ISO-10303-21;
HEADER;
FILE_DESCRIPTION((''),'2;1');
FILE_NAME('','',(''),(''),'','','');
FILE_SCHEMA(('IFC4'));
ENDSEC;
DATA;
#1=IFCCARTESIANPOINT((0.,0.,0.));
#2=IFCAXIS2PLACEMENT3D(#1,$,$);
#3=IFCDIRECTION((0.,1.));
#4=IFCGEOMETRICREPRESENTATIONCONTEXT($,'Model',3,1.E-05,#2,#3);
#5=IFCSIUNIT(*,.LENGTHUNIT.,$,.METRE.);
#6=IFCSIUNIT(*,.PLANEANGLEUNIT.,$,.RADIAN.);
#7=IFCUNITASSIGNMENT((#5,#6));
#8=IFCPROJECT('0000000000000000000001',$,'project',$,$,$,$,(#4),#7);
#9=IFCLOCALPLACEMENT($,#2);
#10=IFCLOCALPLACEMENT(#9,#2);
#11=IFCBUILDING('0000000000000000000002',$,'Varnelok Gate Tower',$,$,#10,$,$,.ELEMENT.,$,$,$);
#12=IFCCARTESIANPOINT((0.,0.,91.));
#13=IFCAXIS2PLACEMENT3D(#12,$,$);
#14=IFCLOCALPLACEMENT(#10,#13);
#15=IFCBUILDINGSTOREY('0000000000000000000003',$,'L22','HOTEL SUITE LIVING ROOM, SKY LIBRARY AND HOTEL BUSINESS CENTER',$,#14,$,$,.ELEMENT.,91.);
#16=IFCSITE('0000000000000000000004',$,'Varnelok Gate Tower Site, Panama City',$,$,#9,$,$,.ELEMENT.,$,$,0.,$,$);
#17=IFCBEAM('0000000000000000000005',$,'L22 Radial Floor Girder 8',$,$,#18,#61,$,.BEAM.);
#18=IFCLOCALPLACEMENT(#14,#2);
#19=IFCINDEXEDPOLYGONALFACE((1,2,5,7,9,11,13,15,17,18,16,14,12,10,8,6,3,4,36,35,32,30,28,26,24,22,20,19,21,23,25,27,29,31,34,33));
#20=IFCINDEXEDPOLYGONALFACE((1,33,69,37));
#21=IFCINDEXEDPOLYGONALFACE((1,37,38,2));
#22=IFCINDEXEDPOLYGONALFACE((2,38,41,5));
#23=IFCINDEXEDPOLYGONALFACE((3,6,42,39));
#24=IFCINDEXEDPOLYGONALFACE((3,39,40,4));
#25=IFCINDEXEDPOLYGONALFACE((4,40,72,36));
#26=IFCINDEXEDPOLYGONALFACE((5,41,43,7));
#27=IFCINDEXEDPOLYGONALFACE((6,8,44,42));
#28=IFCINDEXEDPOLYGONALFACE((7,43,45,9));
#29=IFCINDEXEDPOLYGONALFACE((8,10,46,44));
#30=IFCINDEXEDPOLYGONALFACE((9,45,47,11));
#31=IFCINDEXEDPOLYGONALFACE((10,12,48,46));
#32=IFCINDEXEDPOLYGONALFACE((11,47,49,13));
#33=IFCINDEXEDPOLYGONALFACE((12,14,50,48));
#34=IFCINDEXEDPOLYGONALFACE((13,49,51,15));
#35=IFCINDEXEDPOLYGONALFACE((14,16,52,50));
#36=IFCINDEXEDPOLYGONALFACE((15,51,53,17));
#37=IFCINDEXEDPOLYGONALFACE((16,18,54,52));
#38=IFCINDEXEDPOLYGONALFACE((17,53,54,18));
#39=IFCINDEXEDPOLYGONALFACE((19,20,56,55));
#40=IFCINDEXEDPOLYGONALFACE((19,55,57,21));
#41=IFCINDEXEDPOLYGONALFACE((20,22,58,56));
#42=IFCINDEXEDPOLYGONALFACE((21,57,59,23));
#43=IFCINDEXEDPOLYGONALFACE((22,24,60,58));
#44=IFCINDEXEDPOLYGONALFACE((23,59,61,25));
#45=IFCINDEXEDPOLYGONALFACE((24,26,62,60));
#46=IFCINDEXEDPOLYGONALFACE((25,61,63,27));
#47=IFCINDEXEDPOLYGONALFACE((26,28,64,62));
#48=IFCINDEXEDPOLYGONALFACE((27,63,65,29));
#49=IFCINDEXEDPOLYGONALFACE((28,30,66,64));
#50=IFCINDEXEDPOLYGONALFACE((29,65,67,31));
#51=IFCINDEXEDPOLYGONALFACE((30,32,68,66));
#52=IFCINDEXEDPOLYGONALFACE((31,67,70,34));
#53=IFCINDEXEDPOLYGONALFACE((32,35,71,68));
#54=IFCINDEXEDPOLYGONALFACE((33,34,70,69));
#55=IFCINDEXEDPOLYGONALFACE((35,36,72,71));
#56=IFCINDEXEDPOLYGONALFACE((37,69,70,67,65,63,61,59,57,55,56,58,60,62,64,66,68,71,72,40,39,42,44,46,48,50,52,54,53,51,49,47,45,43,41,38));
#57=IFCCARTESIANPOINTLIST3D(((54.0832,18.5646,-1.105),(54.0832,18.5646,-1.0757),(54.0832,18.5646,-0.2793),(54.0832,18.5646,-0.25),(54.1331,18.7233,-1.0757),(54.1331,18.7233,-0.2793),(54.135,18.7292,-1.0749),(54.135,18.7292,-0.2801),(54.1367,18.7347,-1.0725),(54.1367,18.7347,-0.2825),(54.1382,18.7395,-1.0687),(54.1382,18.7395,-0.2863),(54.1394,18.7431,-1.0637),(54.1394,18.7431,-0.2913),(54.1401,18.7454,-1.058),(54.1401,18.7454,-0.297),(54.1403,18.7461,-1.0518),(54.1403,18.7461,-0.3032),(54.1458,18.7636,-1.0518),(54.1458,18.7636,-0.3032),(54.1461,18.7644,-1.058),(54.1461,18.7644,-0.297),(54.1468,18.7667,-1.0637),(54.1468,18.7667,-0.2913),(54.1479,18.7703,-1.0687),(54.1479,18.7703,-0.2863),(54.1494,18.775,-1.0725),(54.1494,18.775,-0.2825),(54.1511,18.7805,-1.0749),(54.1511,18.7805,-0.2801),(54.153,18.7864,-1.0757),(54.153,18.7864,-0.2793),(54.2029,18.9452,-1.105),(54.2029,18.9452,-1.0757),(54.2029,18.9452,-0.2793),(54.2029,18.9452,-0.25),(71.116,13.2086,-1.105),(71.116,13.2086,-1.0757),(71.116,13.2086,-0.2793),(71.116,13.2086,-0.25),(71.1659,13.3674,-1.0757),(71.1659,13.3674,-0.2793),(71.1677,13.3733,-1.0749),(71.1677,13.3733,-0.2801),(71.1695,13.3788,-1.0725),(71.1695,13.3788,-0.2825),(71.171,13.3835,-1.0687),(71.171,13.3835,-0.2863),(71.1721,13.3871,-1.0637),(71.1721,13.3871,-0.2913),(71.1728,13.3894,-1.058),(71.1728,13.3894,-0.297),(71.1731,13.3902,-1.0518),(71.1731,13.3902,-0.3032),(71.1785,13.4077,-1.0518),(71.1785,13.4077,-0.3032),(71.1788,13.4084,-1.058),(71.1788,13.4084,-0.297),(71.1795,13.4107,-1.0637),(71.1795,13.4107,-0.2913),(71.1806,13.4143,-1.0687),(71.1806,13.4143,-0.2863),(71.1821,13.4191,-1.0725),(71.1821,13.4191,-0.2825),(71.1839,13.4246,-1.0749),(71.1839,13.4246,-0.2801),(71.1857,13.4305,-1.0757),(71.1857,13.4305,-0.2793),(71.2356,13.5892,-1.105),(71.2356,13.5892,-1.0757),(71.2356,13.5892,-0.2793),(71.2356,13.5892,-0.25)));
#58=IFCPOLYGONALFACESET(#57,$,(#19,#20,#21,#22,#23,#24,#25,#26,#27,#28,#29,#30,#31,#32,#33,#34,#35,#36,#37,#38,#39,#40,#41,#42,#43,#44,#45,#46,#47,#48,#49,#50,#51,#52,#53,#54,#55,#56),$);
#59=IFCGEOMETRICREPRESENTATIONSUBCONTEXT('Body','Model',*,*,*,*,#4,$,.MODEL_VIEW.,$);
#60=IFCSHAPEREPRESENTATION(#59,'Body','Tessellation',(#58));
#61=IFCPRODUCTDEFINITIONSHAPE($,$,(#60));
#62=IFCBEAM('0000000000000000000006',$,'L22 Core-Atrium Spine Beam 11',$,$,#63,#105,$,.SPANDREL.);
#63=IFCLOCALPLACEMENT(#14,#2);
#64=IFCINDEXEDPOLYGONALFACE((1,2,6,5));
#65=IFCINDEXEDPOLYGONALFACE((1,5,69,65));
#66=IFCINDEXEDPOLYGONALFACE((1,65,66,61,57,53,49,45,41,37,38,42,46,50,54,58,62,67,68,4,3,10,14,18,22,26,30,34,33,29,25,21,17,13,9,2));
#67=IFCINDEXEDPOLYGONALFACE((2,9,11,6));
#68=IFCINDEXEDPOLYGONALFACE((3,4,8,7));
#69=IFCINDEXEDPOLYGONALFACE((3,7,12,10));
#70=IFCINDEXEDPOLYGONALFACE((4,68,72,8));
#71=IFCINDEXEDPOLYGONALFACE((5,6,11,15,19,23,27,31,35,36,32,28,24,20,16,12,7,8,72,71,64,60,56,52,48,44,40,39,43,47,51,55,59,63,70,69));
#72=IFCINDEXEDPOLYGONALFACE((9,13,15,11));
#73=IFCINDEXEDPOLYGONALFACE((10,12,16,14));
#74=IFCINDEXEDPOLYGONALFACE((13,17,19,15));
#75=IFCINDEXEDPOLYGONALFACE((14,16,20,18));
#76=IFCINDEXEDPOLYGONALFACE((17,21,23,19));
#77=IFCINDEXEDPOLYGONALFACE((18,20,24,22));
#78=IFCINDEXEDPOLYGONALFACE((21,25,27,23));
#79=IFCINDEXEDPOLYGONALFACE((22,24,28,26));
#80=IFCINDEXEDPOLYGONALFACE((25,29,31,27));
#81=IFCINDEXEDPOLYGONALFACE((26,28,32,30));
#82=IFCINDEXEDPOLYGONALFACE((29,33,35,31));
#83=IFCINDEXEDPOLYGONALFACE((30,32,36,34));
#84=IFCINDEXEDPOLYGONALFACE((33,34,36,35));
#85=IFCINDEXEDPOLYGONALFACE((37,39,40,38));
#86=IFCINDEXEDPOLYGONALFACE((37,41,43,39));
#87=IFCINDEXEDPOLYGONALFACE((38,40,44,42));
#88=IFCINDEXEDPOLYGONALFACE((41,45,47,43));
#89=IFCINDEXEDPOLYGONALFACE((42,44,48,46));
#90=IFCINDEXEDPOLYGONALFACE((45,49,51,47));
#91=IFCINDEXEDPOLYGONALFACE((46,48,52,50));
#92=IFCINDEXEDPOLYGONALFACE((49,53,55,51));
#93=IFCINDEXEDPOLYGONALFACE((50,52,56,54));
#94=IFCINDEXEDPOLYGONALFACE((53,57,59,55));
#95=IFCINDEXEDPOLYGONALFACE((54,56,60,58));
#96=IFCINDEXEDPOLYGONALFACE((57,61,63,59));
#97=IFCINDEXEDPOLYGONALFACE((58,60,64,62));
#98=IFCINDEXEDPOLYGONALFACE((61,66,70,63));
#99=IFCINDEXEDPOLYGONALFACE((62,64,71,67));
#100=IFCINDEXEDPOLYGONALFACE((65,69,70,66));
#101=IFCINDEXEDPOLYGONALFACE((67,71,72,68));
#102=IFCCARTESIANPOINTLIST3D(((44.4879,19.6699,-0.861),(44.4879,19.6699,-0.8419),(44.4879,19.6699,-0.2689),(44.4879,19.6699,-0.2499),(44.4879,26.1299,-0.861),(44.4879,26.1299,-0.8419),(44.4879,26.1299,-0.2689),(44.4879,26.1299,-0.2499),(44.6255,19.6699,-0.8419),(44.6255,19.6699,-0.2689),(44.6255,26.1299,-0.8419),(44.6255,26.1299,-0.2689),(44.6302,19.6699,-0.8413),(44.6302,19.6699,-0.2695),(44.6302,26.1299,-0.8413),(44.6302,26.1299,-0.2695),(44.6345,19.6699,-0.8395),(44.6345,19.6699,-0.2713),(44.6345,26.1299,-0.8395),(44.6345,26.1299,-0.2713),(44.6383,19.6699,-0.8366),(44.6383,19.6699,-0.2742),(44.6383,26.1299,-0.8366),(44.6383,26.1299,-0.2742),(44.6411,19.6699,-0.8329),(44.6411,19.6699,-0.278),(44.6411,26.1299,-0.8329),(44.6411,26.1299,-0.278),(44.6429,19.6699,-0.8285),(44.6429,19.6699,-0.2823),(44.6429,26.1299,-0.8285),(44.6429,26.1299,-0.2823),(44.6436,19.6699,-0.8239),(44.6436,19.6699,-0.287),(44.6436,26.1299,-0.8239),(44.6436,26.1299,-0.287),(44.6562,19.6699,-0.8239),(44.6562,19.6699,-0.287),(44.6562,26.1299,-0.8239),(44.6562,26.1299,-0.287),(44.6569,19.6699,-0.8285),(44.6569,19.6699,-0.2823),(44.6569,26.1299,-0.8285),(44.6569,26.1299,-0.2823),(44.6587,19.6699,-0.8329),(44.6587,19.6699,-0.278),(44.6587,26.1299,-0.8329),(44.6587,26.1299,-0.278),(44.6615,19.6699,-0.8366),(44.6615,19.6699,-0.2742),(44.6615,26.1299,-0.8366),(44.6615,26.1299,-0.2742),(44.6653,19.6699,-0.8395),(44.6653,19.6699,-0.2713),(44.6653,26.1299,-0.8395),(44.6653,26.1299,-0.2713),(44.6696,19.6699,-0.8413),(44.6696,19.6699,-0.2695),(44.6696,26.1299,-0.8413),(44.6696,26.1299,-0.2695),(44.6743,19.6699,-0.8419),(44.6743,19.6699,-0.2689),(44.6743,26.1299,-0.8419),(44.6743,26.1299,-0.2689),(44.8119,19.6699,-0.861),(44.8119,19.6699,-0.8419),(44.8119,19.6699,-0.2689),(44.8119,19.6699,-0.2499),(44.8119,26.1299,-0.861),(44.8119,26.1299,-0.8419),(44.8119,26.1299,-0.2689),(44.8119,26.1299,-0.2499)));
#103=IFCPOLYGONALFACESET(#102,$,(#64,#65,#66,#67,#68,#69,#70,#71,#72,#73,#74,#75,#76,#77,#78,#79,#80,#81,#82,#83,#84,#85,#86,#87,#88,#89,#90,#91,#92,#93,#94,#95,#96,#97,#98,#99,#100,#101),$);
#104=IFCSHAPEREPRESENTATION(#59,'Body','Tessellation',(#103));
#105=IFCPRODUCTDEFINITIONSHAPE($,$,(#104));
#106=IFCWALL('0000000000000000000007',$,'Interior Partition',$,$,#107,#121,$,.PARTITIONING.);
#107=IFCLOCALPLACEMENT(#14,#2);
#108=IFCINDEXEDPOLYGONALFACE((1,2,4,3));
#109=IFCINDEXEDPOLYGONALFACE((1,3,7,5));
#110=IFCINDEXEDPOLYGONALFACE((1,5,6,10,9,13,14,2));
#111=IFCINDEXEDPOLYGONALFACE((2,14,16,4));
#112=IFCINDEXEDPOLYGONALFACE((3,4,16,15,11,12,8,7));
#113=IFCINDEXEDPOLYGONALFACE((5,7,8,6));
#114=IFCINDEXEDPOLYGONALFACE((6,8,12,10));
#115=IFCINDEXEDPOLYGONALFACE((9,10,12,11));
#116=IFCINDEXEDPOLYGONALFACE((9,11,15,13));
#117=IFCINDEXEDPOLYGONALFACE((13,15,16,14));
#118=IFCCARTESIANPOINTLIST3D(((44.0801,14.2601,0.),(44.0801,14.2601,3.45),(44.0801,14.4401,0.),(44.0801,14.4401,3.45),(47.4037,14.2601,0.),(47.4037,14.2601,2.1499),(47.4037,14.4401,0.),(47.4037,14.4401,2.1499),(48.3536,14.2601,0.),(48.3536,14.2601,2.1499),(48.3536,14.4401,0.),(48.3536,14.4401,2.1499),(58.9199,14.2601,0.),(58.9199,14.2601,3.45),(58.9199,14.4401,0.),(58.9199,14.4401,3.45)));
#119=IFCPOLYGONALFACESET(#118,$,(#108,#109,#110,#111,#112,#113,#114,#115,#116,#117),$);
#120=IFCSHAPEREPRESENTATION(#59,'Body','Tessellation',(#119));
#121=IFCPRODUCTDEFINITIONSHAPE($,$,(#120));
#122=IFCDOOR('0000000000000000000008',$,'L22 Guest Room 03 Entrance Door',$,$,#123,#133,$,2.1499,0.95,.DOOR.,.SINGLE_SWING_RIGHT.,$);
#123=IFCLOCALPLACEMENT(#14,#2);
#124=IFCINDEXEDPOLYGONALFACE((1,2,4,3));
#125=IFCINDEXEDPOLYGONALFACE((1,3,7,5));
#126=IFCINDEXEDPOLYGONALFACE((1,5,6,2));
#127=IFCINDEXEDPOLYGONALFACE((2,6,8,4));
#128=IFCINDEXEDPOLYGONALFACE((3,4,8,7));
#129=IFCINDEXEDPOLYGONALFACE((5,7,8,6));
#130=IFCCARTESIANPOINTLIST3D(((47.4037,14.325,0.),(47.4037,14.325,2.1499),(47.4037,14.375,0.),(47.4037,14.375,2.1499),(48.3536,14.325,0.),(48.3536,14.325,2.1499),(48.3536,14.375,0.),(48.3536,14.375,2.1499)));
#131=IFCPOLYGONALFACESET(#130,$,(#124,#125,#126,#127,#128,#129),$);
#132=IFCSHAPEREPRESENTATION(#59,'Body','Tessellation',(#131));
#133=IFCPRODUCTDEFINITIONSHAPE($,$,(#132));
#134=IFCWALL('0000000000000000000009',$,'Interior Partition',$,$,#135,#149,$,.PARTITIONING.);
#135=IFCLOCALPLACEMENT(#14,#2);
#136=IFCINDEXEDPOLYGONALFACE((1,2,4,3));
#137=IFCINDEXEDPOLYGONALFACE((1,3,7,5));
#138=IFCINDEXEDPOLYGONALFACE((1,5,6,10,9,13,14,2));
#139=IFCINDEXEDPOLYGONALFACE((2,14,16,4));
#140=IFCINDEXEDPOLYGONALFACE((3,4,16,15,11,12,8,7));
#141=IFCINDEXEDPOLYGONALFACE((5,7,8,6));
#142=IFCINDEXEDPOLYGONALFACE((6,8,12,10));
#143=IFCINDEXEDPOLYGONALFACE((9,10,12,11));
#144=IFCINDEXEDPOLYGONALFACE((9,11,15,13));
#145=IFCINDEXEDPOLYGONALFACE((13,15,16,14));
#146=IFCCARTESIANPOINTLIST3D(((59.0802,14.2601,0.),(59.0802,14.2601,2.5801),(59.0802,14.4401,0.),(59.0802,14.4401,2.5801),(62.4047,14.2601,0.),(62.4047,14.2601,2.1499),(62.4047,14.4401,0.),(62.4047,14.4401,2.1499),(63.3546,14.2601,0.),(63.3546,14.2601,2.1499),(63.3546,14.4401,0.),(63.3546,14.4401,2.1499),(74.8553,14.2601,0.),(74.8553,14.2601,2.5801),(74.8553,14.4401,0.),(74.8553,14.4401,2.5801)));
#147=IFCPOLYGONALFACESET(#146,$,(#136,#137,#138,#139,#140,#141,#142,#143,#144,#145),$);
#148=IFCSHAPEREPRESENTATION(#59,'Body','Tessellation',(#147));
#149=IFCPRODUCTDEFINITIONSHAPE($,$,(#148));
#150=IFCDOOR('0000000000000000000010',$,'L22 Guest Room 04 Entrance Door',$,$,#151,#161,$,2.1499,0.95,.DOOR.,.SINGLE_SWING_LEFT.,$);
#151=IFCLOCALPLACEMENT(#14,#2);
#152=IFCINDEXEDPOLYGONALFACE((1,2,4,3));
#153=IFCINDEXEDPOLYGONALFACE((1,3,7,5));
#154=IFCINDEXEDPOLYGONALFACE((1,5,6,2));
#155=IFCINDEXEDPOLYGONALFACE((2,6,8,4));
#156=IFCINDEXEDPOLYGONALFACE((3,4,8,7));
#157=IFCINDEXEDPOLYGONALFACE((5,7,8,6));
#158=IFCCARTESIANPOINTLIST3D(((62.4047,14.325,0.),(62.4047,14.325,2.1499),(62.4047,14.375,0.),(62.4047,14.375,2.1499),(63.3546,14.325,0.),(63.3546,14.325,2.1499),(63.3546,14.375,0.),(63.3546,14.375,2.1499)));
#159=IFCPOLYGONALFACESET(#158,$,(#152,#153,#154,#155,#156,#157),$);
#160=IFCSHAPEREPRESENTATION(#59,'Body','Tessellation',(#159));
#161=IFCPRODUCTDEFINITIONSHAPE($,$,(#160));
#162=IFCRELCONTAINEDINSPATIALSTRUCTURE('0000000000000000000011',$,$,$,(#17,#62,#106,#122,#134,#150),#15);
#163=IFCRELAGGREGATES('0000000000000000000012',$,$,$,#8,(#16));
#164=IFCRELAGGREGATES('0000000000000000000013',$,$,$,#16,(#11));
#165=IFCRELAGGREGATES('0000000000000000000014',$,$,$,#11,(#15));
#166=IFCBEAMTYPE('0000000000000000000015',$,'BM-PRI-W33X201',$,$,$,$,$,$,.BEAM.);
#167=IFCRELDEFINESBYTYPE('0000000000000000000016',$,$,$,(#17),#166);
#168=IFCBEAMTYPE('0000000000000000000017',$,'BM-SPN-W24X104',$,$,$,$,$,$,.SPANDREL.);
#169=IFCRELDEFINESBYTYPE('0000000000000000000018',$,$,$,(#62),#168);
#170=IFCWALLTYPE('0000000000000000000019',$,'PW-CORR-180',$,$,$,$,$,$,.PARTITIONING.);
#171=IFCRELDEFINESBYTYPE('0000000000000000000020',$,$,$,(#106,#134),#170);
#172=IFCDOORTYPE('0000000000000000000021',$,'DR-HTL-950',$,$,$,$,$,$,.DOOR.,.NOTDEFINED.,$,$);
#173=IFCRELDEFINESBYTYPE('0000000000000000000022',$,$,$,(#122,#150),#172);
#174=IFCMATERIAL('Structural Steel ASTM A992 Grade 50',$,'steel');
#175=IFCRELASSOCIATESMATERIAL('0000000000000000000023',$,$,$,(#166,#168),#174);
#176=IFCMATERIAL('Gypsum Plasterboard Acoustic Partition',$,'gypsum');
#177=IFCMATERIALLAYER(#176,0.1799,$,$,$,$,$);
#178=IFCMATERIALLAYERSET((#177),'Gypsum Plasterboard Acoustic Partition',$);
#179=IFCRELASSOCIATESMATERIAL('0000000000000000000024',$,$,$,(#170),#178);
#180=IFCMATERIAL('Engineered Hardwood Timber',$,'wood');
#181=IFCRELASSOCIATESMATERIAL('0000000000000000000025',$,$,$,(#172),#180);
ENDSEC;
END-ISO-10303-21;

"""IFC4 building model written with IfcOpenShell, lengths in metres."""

from ifc_helpers import new_model, si_unit, direction, frame, frame_2d, origin, origin_2d, place, context, subcontext, project, spatial, rectangle, i_section, extrude, material, layer, layer_set, material_profile, profile_set, type_object, element, fill, save


model = new_model("IFC4")

# Units and contexts
model_context = context("Model", 3, precision=1e-05, world=origin(), true_north=direction((0.0, 1.0)))
body_context = subcontext(model_context, "Body", "Model", "MODEL_VIEW")
ifc_project = project(units=[si_unit("LENGTHUNIT", "METRE"), si_unit("PLANEANGLEUNIT", "RADIAN")], contexts=[model_context])

# Site, building, storey
site_placement = place(None, origin())
site = spatial("IfcSite", under=ifc_project, at=site_placement, Name="Varnelok Gate Tower Site, Panama City", CompositionType="ELEMENT", RefElevation=0.0)
building_placement = place(site_placement, origin())
building = spatial("IfcBuilding", under=site, at=building_placement, Name="Varnelok Gate Tower", CompositionType="ELEMENT")
storey_placement = place(building_placement, frame((0.0, 0.0, 91.0)))
storey = spatial("IfcBuildingStorey", under=building, at=storey_placement, Name="L22", Description="HOTEL SUITE LIVING ROOM, SKY LIBRARY AND HOTEL BUSINESS CENTER", CompositionType="ELEMENT", Elevation=91.0)

# Shared definitions
ifc_material_1 = material(Name="Structural Steel ASTM A992 Grade 50", Category="steel")

# Beams
ifc_material_profile_1 = material_profile(ifc_material_1, i_section(OverallWidth=0.3989, OverallDepth=0.855, WebThickness=0.0183, FlangeThickness=0.0293, FilletRadius=0.0239, at=origin_2d()), Name="W33X201")
ifc_profile_set_1 = profile_set([ifc_material_profile_1], Name="Structural Steel ASTM A992 Grade 50")
beam_type_1 = type_object("IfcBeamType", Name="BM-PRI-W33X201", PredefinedType="BEAM", material=ifc_profile_set_1)
beam_1_placement = place(storey_placement, frame((54.1431, 18.7549, -0.6775), z_axis=(0.953949, -0.29997, 0.0), x_axis=(0.29997, 0.953949, 0.0)))
element("IfcBeam", 1, at=beam_1_placement, inside=storey, type_object=beam_type_1, Name="L22 Radial Floor Girder 8", PredefinedType="BEAM", context=body_context, shape_type="SweptSolid", body=[
    extrude(i_section(OverallWidth=0.3989, OverallDepth=0.855, WebThickness=0.0183, FlangeThickness=0.0293, FilletRadius=0.0239, at=origin_2d()), origin(), (0.0, 0.0, 1.0), 17.855),
])
ifc_material_profile_2 = material_profile(ifc_material_1, i_section(OverallWidth=0.324, OverallDepth=0.6111, WebThickness=0.0127, FlangeThickness=0.019, FilletRadius=0.0181, at=origin_2d()), Name="W24X104")
ifc_profile_set_2 = profile_set([ifc_material_profile_2], Name="Structural Steel ASTM A992 Grade 50")
beam_type_2 = type_object("IfcBeamType", Name="BM-SPN-W24X104", PredefinedType="SPANDREL", material=ifc_profile_set_2)
beam_2_placement = place(storey_placement, frame((44.6499, 19.6699, -0.5554), z_axis=(0.0, 1.0, 0.0), x_axis=(-1.0, 0.0, 0.0)))
element("IfcBeam", 2, at=beam_2_placement, inside=storey, type_object=beam_type_2, Name="L22 Core-Atrium Spine Beam 11", PredefinedType="SPANDREL", context=body_context, shape_type="SweptSolid", body=[
    extrude(i_section(OverallWidth=0.324, OverallDepth=0.6111, WebThickness=0.0127, FlangeThickness=0.019, FilletRadius=0.0181, at=origin_2d()), origin(), (0.0, 0.0, 1.0), 6.46),
])

# Walls, openings, doors
ifc_material_2 = material(Name="Gypsum Plasterboard Acoustic Partition", Category="gypsum")
ifc_layer_1 = layer(ifc_material_2, 0.1799)
ifc_layer_set_1 = layer_set([ifc_layer_1], Name="Gypsum Plasterboard Acoustic Partition")
wall_type_1 = type_object("IfcWallType", Name="PW-CORR-180", PredefinedType="PARTITIONING", material=ifc_layer_set_1)
wall_1_placement = place(storey_placement, frame((44.0801, 14.3501, 0.0), z_axis=(0.0, 0.0, 1.0), x_axis=(1.0, 0.0, 0.0)))
wall_1 = element("IfcWall", 3, at=wall_1_placement, inside=storey, type_object=wall_type_1, Name="Interior Partition", PredefinedType="PARTITIONING", context=body_context, shape_type="SweptSolid", body=[
    extrude(rectangle(XDim=14.8398, YDim=0.1799, at=frame_2d((7.4199, 0.0))), origin(), (0.0, 0.0, 1.0), 3.45),
])
opening_1_placement = place(wall_1_placement, frame((3.3235, 0.0, 0.0)))
opening_1 = element("IfcOpeningElement", 4, at=opening_1_placement, cuts=wall_1, PredefinedType="OPENING", context=body_context, shape_type="SweptSolid", body=[
    extrude(rectangle(XDim=0.95, YDim=2.1499, at=frame_2d((0.4751, 1.075))), frame((0.0, 0.0999, 0.0), z_axis=(0.0, -1.0, 0.0), x_axis=(1.0, 0.0, 0.0)), (0.0, 0.0, 1.0), 0.2),
])
ifc_material_3 = material(Name="Engineered Hardwood Timber", Category="wood")
door_type_1 = type_object("IfcDoorType", Name="DR-HTL-950", OperationType="NOTDEFINED", PredefinedType="DOOR", material=ifc_material_3)
door_1_placement = place(opening_1_placement, origin())
door_1 = element("IfcDoor", 5, at=door_1_placement, inside=storey, type_object=door_type_1, Name="L22 Guest Room 03 Entrance Door", OperationType="SINGLE_SWING_RIGHT", OverallHeight=2.1499, OverallWidth=0.95, PredefinedType="DOOR", context=body_context, shape_type="SweptSolid", body=[
    extrude(rectangle(XDim=0.95, YDim=2.1499, at=frame_2d((0.4751, 1.075))), frame((0.0, 0.0249, 0.0), z_axis=(0.0, -1.0, 0.0), x_axis=(1.0, 0.0, 0.0)), (0.0, 0.0, 1.0), 0.05),
])
fill(opening_1, door_1)
wall_2_placement = place(storey_placement, frame((59.0801, 14.3501, 0.0), z_axis=(0.0, 0.0, 1.0), x_axis=(1.0, 0.0, 0.0)))
wall_2 = element("IfcWall", 6, at=wall_2_placement, inside=storey, type_object=wall_type_1, Name="Interior Partition", PredefinedType="PARTITIONING", context=body_context, shape_type="SweptSolid", body=[
    extrude(rectangle(XDim=15.7751, YDim=0.1799, at=frame_2d((7.8877, 0.0))), origin(), (0.0, 0.0, 1.0), 2.5801),
])
opening_2_placement = place(wall_2_placement, frame((3.3245, 0.0, 0.0)))
opening_2 = element("IfcOpeningElement", 7, at=opening_2_placement, cuts=wall_2, PredefinedType="OPENING", context=body_context, shape_type="SweptSolid", body=[
    extrude(rectangle(XDim=0.95, YDim=2.1499, at=frame_2d((0.4751, 1.075))), frame((0.0, 0.0999, 0.0), z_axis=(0.0, -1.0, 0.0), x_axis=(1.0, 0.0, 0.0)), (0.0, 0.0, 1.0), 0.2),
])
door_2_placement = place(opening_2_placement, origin())
door_2 = element("IfcDoor", 8, at=door_2_placement, inside=storey, type_object=door_type_1, Name="L22 Guest Room 04 Entrance Door", OperationType="SINGLE_SWING_LEFT", OverallHeight=2.1499, OverallWidth=0.95, PredefinedType="DOOR", context=body_context, shape_type="SweptSolid", body=[
    extrude(rectangle(XDim=0.95, YDim=2.1499, at=frame_2d((0.4751, 1.075))), frame((0.0, 0.0249, 0.0), z_axis=(0.0, -1.0, 0.0), x_axis=(1.0, 0.0, 0.0)), (0.0, 0.0, 1.0), 0.05),
])
fill(opening_2, door_2)

save(model, "model.ifc")
